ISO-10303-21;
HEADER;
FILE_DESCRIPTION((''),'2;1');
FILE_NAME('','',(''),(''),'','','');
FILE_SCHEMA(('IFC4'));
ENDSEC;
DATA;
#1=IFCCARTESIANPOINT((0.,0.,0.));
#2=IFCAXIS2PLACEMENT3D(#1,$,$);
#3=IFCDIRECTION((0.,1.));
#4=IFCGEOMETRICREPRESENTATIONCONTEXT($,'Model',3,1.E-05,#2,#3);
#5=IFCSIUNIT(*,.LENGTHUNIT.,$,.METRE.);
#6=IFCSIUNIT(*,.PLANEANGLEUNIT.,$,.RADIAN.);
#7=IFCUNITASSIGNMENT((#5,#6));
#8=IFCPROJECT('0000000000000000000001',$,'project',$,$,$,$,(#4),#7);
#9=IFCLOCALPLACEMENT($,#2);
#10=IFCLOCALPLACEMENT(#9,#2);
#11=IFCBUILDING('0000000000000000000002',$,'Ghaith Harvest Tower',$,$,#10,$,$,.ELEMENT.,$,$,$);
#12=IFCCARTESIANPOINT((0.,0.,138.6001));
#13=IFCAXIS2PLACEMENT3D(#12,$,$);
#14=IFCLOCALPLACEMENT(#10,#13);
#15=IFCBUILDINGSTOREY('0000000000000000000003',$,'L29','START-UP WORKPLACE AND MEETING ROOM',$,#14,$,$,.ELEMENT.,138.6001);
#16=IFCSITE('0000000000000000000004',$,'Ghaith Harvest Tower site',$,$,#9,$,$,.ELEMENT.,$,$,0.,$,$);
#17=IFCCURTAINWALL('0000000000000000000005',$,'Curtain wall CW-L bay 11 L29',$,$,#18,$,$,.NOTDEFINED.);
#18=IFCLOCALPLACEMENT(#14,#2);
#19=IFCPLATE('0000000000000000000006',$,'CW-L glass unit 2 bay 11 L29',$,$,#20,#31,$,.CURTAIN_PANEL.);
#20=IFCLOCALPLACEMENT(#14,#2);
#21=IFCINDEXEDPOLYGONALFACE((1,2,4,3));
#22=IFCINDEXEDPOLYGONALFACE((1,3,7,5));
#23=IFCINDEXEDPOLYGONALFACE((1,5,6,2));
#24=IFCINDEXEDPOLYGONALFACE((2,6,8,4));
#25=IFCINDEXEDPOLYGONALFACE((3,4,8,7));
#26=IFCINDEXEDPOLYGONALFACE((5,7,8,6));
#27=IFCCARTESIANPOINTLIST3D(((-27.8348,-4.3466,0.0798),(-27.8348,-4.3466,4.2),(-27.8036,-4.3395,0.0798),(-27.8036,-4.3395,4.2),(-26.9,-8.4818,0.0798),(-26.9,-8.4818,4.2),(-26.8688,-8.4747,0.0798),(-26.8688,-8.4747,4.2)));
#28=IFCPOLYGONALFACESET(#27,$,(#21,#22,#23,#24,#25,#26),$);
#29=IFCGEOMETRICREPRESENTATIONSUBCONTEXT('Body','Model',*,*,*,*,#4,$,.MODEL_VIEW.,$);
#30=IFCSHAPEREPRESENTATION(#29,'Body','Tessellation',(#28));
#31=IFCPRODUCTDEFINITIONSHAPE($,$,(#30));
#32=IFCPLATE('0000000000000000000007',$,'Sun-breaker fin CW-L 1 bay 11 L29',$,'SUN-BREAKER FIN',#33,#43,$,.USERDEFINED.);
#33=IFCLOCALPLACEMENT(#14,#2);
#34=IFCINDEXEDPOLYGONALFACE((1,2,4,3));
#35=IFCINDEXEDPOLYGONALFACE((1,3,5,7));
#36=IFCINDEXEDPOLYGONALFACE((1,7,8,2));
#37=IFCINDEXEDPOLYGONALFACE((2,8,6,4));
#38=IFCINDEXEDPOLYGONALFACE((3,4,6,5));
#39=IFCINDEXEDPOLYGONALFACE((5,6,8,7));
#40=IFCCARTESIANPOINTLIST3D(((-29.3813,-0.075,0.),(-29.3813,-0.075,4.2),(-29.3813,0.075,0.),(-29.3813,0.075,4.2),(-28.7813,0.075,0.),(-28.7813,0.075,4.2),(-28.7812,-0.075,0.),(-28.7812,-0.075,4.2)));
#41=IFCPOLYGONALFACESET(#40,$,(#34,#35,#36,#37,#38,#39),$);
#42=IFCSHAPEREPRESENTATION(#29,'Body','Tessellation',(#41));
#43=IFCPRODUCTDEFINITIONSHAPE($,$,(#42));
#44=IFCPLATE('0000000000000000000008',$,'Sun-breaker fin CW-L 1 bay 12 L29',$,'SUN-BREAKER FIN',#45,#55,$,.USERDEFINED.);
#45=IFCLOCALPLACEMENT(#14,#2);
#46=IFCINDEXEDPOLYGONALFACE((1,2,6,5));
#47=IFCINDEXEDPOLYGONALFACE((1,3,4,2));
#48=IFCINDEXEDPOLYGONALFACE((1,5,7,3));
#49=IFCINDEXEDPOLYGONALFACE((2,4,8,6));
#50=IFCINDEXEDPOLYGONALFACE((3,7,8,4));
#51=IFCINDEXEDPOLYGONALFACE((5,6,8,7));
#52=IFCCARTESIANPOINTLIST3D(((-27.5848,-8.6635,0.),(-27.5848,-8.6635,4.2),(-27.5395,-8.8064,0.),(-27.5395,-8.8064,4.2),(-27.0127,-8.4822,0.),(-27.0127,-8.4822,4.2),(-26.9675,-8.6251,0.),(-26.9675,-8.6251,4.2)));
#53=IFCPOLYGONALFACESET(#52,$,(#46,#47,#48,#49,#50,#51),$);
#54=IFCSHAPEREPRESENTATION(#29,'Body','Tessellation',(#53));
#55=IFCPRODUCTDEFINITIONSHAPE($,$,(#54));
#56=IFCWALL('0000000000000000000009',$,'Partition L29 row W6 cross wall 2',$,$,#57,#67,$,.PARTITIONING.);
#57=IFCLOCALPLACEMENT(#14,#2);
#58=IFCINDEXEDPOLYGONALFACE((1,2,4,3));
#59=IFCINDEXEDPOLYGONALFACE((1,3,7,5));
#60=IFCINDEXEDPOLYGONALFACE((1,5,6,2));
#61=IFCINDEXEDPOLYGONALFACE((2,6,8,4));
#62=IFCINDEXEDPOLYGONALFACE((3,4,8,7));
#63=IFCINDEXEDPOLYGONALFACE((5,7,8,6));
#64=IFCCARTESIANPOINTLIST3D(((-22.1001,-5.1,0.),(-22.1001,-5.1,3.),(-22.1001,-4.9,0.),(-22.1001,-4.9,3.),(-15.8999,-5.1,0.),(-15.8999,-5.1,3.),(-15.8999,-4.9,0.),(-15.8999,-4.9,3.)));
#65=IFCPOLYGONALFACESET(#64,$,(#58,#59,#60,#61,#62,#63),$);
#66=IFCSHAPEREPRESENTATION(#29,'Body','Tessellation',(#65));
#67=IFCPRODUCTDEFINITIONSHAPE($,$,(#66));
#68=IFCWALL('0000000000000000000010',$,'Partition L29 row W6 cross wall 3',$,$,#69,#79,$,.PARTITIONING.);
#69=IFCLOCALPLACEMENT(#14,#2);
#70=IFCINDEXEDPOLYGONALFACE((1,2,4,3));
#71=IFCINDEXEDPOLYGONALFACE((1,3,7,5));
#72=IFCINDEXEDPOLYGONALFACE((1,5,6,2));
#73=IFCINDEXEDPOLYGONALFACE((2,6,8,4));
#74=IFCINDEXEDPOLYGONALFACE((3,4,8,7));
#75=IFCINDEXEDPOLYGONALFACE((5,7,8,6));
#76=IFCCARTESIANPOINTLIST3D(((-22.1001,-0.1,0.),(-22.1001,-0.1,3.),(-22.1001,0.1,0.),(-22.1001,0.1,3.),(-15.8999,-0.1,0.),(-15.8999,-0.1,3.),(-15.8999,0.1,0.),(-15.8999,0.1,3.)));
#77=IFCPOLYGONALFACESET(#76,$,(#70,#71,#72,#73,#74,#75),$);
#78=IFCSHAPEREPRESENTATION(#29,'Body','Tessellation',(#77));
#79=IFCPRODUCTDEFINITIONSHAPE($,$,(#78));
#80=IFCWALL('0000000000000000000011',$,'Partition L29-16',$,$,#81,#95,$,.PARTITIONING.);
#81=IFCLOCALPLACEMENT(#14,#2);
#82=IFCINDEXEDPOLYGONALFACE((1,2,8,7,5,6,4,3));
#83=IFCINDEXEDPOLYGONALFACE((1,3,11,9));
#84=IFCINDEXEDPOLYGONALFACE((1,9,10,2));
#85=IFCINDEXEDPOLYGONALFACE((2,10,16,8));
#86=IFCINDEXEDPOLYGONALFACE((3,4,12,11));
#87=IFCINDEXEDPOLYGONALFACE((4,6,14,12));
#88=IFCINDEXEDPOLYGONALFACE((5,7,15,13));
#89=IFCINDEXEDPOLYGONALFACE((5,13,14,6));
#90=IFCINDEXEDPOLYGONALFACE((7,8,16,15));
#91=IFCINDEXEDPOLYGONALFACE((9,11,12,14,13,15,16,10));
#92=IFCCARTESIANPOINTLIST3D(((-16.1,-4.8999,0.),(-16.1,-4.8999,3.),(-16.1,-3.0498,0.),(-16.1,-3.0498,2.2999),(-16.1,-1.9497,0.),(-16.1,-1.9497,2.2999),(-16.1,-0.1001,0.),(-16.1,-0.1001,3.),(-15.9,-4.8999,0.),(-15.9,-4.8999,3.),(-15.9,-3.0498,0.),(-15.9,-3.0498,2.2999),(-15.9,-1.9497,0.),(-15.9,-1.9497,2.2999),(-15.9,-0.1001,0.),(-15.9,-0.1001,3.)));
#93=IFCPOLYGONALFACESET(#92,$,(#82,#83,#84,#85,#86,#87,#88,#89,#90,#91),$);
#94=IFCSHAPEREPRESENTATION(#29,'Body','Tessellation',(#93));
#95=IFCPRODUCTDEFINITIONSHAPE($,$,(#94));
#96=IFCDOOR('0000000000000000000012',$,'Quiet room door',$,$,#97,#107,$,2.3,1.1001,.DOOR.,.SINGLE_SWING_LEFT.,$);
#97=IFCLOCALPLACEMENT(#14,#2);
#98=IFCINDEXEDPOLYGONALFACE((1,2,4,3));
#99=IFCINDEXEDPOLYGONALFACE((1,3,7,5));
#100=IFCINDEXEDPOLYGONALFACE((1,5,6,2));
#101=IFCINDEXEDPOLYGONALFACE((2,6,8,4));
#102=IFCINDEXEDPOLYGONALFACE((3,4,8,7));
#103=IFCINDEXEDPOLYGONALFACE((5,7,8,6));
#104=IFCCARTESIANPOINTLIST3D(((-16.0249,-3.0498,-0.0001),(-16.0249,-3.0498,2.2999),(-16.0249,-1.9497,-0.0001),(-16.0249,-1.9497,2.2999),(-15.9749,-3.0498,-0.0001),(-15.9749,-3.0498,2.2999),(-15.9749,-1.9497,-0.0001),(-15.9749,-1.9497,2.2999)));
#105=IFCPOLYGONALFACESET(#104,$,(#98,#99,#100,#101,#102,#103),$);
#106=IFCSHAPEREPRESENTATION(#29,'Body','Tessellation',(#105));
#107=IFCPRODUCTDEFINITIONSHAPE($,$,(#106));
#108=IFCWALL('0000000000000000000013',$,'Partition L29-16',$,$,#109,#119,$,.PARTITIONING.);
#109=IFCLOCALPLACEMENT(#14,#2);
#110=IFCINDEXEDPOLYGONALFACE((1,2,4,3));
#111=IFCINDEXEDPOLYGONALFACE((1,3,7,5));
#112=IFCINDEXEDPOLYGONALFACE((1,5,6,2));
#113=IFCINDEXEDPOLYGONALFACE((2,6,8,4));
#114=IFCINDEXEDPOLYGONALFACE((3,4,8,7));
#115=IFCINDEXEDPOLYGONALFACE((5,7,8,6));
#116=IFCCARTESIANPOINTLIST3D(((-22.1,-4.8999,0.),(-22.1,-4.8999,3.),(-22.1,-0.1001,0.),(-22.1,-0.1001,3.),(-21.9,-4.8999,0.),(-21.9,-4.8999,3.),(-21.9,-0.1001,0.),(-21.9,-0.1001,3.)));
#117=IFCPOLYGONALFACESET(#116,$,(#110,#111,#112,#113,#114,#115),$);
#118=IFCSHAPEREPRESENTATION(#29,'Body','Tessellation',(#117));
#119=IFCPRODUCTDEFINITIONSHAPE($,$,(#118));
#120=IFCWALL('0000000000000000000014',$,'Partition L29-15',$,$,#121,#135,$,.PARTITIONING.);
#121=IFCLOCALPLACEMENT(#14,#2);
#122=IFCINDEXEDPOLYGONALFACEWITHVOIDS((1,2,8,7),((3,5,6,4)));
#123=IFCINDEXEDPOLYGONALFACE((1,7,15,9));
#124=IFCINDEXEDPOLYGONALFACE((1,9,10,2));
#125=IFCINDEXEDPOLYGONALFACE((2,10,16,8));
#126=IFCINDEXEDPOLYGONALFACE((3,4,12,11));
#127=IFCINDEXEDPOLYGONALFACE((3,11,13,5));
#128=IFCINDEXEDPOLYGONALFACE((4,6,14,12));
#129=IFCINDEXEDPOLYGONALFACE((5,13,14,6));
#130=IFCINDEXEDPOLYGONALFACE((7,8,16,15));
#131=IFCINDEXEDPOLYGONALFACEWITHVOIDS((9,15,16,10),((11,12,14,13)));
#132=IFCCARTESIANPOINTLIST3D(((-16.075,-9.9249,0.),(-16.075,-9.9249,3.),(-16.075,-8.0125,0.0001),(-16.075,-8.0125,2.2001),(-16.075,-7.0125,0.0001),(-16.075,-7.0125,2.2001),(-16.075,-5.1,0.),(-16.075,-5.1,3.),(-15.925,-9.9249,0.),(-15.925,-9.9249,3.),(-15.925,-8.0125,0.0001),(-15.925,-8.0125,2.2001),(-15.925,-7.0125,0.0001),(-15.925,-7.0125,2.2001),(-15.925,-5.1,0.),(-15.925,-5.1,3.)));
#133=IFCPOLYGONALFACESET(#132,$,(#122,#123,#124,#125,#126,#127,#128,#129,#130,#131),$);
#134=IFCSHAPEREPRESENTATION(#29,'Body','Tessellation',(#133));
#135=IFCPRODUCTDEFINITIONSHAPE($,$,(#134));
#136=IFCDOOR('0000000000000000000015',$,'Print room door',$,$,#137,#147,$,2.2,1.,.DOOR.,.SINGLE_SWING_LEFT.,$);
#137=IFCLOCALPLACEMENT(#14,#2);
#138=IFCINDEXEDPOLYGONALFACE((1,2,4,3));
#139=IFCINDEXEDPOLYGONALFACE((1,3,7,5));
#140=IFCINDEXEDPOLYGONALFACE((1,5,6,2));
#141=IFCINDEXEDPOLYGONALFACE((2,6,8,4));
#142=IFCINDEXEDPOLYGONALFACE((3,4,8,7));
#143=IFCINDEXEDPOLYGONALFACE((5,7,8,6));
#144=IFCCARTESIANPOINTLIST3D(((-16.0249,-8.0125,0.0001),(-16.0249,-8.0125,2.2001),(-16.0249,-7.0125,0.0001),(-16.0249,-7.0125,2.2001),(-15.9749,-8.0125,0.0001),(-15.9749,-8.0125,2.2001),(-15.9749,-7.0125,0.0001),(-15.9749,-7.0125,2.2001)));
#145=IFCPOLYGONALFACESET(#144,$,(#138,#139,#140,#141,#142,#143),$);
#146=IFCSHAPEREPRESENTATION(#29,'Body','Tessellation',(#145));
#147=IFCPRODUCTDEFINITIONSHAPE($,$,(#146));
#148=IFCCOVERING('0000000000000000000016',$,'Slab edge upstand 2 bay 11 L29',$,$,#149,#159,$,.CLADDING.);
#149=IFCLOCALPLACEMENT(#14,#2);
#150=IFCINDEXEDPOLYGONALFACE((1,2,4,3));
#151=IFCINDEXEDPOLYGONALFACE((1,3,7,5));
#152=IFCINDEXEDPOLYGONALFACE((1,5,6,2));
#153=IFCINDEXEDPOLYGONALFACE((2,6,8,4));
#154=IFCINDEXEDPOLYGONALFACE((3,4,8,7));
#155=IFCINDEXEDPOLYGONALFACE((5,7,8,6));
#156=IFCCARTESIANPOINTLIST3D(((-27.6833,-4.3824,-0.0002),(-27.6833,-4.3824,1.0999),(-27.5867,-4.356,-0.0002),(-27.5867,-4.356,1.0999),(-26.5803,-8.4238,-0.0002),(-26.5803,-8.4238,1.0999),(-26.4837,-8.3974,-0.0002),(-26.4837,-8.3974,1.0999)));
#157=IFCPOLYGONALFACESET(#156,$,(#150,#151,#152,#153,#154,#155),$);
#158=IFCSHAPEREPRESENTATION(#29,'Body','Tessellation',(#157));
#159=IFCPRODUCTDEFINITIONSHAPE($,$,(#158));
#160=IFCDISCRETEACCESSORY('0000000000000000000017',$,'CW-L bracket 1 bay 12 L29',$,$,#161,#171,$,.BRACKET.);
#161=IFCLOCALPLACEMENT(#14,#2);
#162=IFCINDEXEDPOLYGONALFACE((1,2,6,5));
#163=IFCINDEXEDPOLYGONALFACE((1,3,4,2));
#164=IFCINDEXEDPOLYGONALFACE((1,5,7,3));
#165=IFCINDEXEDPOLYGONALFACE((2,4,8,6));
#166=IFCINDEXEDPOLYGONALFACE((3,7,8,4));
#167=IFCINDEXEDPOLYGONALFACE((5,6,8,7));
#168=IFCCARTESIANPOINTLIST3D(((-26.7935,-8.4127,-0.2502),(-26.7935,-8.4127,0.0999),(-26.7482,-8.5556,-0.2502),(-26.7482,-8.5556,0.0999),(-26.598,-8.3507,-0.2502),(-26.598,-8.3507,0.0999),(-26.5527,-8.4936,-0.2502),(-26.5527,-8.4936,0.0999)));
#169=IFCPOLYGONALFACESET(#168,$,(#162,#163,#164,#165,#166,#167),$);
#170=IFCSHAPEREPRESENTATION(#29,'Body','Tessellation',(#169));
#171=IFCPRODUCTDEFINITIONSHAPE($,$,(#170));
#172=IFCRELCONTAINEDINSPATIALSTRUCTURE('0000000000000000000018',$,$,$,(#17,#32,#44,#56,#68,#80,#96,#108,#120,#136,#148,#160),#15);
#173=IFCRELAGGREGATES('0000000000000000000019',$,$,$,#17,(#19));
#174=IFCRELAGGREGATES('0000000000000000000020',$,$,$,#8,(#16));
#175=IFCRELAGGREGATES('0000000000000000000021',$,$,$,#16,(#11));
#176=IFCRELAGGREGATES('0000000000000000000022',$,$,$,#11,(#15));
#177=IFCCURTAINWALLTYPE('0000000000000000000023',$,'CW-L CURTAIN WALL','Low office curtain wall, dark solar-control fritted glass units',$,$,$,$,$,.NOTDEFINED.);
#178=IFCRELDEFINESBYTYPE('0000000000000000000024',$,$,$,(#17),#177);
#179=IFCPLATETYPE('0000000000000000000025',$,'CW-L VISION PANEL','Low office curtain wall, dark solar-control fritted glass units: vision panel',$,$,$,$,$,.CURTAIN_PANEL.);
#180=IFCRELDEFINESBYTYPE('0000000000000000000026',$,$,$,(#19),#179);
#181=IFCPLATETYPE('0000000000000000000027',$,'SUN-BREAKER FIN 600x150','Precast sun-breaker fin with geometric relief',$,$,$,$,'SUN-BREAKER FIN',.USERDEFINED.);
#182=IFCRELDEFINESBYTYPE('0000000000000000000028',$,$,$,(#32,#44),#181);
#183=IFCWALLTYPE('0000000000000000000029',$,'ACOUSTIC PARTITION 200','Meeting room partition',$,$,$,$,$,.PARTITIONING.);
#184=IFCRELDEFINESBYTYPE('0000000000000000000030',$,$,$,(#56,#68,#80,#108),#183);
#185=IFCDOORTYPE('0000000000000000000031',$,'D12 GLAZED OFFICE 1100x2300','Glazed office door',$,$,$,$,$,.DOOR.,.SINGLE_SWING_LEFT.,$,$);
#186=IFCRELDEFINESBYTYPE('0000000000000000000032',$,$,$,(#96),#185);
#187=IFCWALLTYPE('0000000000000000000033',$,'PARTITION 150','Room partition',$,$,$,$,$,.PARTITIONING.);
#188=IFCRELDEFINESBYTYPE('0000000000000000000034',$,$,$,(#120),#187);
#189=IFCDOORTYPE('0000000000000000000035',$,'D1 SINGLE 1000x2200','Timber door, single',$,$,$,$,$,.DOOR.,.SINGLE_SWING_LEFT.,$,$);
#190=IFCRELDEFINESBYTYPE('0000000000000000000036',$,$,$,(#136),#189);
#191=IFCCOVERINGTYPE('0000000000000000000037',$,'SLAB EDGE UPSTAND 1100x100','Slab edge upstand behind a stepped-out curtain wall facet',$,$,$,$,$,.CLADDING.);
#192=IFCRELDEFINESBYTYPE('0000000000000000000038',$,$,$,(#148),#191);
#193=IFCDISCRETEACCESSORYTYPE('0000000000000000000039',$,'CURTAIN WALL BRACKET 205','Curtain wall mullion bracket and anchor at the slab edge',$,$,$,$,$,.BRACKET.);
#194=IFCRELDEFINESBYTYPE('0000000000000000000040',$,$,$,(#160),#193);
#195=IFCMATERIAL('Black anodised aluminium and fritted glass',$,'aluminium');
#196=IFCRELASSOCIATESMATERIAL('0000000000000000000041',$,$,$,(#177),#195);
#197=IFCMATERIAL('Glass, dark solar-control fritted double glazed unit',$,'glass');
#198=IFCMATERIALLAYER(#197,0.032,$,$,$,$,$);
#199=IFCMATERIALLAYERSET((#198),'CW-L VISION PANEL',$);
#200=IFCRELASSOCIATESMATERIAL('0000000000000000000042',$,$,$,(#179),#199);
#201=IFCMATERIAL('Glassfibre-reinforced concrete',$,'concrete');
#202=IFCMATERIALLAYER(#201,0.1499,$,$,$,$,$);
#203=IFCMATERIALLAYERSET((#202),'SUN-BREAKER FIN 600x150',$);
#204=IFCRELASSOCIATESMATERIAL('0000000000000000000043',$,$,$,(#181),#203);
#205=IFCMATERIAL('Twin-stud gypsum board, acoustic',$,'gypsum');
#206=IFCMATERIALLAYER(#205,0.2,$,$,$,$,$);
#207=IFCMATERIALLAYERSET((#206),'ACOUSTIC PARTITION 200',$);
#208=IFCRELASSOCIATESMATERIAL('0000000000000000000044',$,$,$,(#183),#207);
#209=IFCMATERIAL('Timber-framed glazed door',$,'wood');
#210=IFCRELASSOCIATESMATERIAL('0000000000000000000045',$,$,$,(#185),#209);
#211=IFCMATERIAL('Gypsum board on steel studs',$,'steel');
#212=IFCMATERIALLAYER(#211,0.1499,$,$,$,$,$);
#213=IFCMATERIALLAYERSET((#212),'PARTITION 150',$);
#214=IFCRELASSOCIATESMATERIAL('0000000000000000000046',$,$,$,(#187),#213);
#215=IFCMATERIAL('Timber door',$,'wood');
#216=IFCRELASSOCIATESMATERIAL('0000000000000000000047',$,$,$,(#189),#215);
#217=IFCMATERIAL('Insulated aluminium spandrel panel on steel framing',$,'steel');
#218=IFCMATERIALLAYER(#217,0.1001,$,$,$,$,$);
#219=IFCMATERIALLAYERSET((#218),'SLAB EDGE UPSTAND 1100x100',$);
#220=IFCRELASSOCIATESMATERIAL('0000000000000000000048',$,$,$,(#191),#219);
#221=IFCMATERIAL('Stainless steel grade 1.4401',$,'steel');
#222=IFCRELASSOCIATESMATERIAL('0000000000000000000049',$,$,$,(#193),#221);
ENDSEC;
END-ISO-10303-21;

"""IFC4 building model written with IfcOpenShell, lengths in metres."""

from ifc_helpers import new_model, si_unit, direction, frame, frame_2d, origin, origin_2d, place, context, subcontext, project, spatial, rectangle, extrude, material, layer, layer_set, type_object, element, fill, aggregate, save


model = new_model("IFC4")

# Units and contexts
model_context = context("Model", 3, precision=1e-05, world=origin(), true_north=direction((0.0, 1.0)))
body_context = subcontext(model_context, "Body", "Model", "MODEL_VIEW")
ifc_project = project(units=[si_unit("LENGTHUNIT", "METRE"), si_unit("PLANEANGLEUNIT", "RADIAN")], contexts=[model_context])

# Site, building, storey
site_placement = place(None, origin())
site = spatial("IfcSite", under=ifc_project, at=site_placement, Name="Ghaith Harvest Tower site", CompositionType="ELEMENT", RefElevation=0.0)
building_placement = place(site_placement, origin())
building = spatial("IfcBuilding", under=site, at=building_placement, Name="Ghaith Harvest Tower", CompositionType="ELEMENT")
storey_placement = place(building_placement, frame((0.0, 0.0, 138.6001)))
storey = spatial("IfcBuildingStorey", under=building, at=storey_placement, Name="L29", Description="START-UP WORKPLACE AND MEETING ROOM", CompositionType="ELEMENT", Elevation=138.6001)

# Curtain wall
ifc_material_1 = material(Name="Black anodised aluminium and fritted glass", Category="aluminium")
curtain_wall_type = type_object("IfcCurtainWallType", Name="CW-L CURTAIN WALL", Description="Low office curtain wall, dark solar-control fritted glass units", PredefinedType="NOTDEFINED", material=ifc_material_1)
curtain_wall_1_placement = place(storey_placement, origin())
curtain_wall_1 = element("IfcCurtainWall", 1, at=curtain_wall_1_placement, inside=storey, type_object=curtain_wall_type, Name="Curtain wall CW-L bay 11 L29", PredefinedType="NOTDEFINED")

# Shared definitions
ifc_material_2 = material(Name="Glass, dark solar-control fritted double glazed unit", Category="glass")
ifc_layer_1 = layer(ifc_material_2, 0.032)
ifc_layer_set_1 = layer_set([ifc_layer_1], Name="CW-L VISION PANEL")
plate_type_1 = type_object("IfcPlateType", Name="CW-L VISION PANEL", Description="Low office curtain wall, dark solar-control fritted glass units: vision panel", PredefinedType="CURTAIN_PANEL", material=ifc_layer_set_1)

# Plate
plate_1_placement = place(storey_placement, frame((-27.3518, -6.4106, 0.0798), z_axis=(0.0, 0.0, 1.0), x_axis=(0.220483, -0.975391, 0.0)))
plate_1 = element("IfcPlate", 2, at=plate_1_placement, type_object=plate_type_1, Name="CW-L glass unit 2 bay 11 L29", PredefinedType="CURTAIN_PANEL", context=body_context, shape_type="SweptSolid", body=[
    extrude(rectangle(XDim=4.2395, YDim=0.032, at=origin_2d()), origin(), (0.0, 0.0, 1.0), 4.1201),
])
aggregate(curtain_wall_1, [plate_1])

# Plates
ifc_material_3 = material(Name="Glassfibre-reinforced concrete", Category="concrete")
ifc_layer_2 = layer(ifc_material_3, 0.1499)
ifc_layer_set_2 = layer_set([ifc_layer_2], Name="SUN-BREAKER FIN 600x150")
plate_type_2 = type_object("IfcPlateType", Name="SUN-BREAKER FIN 600x150", Description="Precast sun-breaker fin with geometric relief", ElementType="SUN-BREAKER FIN", PredefinedType="USERDEFINED", material=ifc_layer_set_2)
for number, where, z_axis, x_axis, name in (
    (3, (-29.0813, 0.0, 0.0), (0.0, 0.0, 1.0), (-1.0, 0.0, 0.0), "Sun-breaker fin CW-L 1 bay 11 L29"),
    (4, (-27.2761, -8.6443, 0.0), (0.0, 0.0, 1.0), (-0.953273, -0.30211, 0.0), "Sun-breaker fin CW-L 1 bay 12 L29"),
):
    element("IfcPlate", number, at=place(storey_placement, frame(where, z_axis=z_axis, x_axis=x_axis)), inside=storey, type_object=plate_type_2, Name=name, ObjectType="SUN-BREAKER FIN", PredefinedType="USERDEFINED", context=body_context, shape_type="SweptSolid", body=[
        extrude(rectangle(XDim=0.6001, YDim=0.1499, at=origin_2d()), origin(), (0.0, 0.0, 1.0), 4.2),
    ])

# Walls
ifc_material_4 = material(Name="Twin-stud gypsum board, acoustic", Category="gypsum")
ifc_layer_3 = layer(ifc_material_4, 0.2)
ifc_layer_set_3 = layer_set([ifc_layer_3], Name="ACOUSTIC PARTITION 200")
wall_type_1 = type_object("IfcWallType", Name="ACOUSTIC PARTITION 200", Description="Meeting room partition", PredefinedType="PARTITIONING", material=ifc_layer_set_3)
for number, where, z_axis, x_axis, name in (
    (5, (-15.8999, -5.0, 0.0), (0.0, 0.0, 1.0), (-1.0, 0.0, 0.0), "Partition L29 row W6 cross wall 2"),
    (6, (-15.8999, 0.0, 0.0), (0.0, 0.0, 1.0), (-1.0, 0.0, 0.0), "Partition L29 row W6 cross wall 3"),
):
    element("IfcWall", number, at=place(storey_placement, frame(where, z_axis=z_axis, x_axis=x_axis)), inside=storey, type_object=wall_type_1, Name=name, PredefinedType="PARTITIONING", context=body_context, shape_type="SweptSolid", body=[
        extrude(rectangle(XDim=6.2002, YDim=0.2, at=frame_2d((3.1001, 0.0))), origin(), (0.0, 0.0, 1.0), 3.0),
    ])

# Wall, opening, door
wall_1_placement = place(storey_placement, frame((-16.0, -4.8999, 0.0), z_axis=(0.0, 0.0, 1.0), x_axis=(0.0, 1.0, 0.0)))
wall_1 = element("IfcWall", 7, at=wall_1_placement, inside=storey, type_object=wall_type_1, Name="Partition L29-16", PredefinedType="PARTITIONING", context=body_context, shape_type="SweptSolid", body=[
    extrude(rectangle(XDim=4.7998, YDim=0.2, at=frame_2d((2.3999, 0.0))), origin(), (0.0, 0.0, 1.0), 3.0),
])
opening_1_placement = place(wall_1_placement, frame((1.8501, 0.0, 0.0)))
opening_1 = element("IfcOpeningElement", 8, at=opening_1_placement, cuts=wall_1, PredefinedType="OPENING", context=body_context, shape_type="SweptSolid", body=[
    extrude(rectangle(XDim=1.1001, YDim=2.3, at=frame_2d((0.55, 1.1499))), frame((0.0, 0.1099, 0.0), z_axis=(0.0, -1.0, 0.0), x_axis=(1.0, 0.0, 0.0)), (0.0, 0.0, 1.0), 0.22),
])
ifc_material_5 = material(Name="Timber-framed glazed door", Category="wood")
door_type_1 = type_object("IfcDoorType", Name="D12 GLAZED OFFICE 1100x2300", Description="Glazed office door", OperationType="SINGLE_SWING_LEFT", PredefinedType="DOOR", material=ifc_material_5)
door_1_placement = place(opening_1_placement, origin())
door_1 = element("IfcDoor", 9, at=door_1_placement, inside=storey, type_object=door_type_1, Name="Quiet room door", OperationType="SINGLE_SWING_LEFT", OverallHeight=2.3, OverallWidth=1.1001, PredefinedType="DOOR", context=body_context, shape_type="SweptSolid", body=[
    extrude(rectangle(XDim=1.1001, YDim=2.3, at=frame_2d((0.55, 1.1499))), frame((0.0, 0.0249, 0.0), z_axis=(0.0, -1.0, 0.0), x_axis=(1.0, 0.0, 0.0)), (0.0, 0.0, 1.0), 0.05),
])
fill(opening_1, door_1)

# Wall
wall_2_placement = place(storey_placement, frame((-22.0, -4.8999, 0.0), z_axis=(0.0, 0.0, 1.0), x_axis=(0.0, 1.0, 0.0)))
element("IfcWall", 10, at=wall_2_placement, inside=storey, type_object=wall_type_1, Name="Partition L29-16", PredefinedType="PARTITIONING", context=body_context, shape_type="SweptSolid", body=[
    extrude(rectangle(XDim=4.7998, YDim=0.2, at=frame_2d((2.3999, 0.0))), origin(), (0.0, 0.0, 1.0), 3.0),
])

# Wall, opening, door
ifc_material_6 = material(Name="Gypsum board on steel studs", Category="steel")
ifc_layer_4 = layer(ifc_material_6, 0.1499)
ifc_layer_set_4 = layer_set([ifc_layer_4], Name="PARTITION 150")
wall_type_2 = type_object("IfcWallType", Name="PARTITION 150", Description="Room partition", PredefinedType="PARTITIONING", material=ifc_layer_set_4)
wall_3_placement = place(storey_placement, frame((-16.0, -9.925, 0.0), z_axis=(0.0, 0.0, 1.0), x_axis=(0.0, 1.0, 0.0)))
wall_3 = element("IfcWall", 11, at=wall_3_placement, inside=storey, type_object=wall_type_2, Name="Partition L29-15", PredefinedType="PARTITIONING", context=body_context, shape_type="SweptSolid", body=[
    extrude(rectangle(XDim=4.825, YDim=0.1499, at=frame_2d((2.4126, 0.0))), origin(), (0.0, 0.0, 1.0), 3.0),
])
opening_2_placement = place(wall_3_placement, frame((1.9126, 0.0, 0.0)))
opening_2 = element("IfcOpeningElement", 12, at=opening_2_placement, cuts=wall_3, PredefinedType="OPENING", context=body_context, shape_type="SweptSolid", body=[
    extrude(rectangle(XDim=1.0, YDim=2.2, at=frame_2d((0.5, 1.1001))), frame((0.0, 0.085, 0.0), z_axis=(0.0, -1.0, 0.0), x_axis=(1.0, 0.0, 0.0)), (0.0, 0.0, 1.0), 0.1699),
])
ifc_material_7 = material(Name="Timber door", Category="wood")
door_type_2 = type_object("IfcDoorType", Name="D1 SINGLE 1000x2200", Description="Timber door, single", OperationType="SINGLE_SWING_LEFT", PredefinedType="DOOR", material=ifc_material_7)
door_2_placement = place(opening_2_placement, origin())
door_2 = element("IfcDoor", 13, at=door_2_placement, inside=storey, type_object=door_type_2, Name="Print room door", OperationType="SINGLE_SWING_LEFT", OverallHeight=2.2, OverallWidth=1.0, PredefinedType="DOOR", context=body_context, shape_type="SweptSolid", body=[
    extrude(rectangle(XDim=1.0, YDim=2.2, at=frame_2d((0.5, 1.1001))), frame((0.0, 0.0249, 0.0), z_axis=(0.0, -1.0, 0.0), x_axis=(1.0, 0.0, 0.0)), (0.0, 0.0, 1.0), 0.05),
])
fill(opening_2, door_2)

# Covering
ifc_material_8 = material(Name="Insulated aluminium spandrel panel on steel framing", Category="steel")
ifc_layer_5 = layer(ifc_material_8, 0.1001)
ifc_layer_set_5 = layer_set([ifc_layer_5], Name="SLAB EDGE UPSTAND 1100x100")
covering_type = type_object("IfcCoveringType", Name="SLAB EDGE UPSTAND 1100x100", Description="Slab edge upstand behind a stepped-out curtain wall facet", PredefinedType="CLADDING", material=ifc_layer_set_5)
covering_placement = place(storey_placement, frame((-27.0835, -6.3899, -0.0002), z_axis=(0.0, 0.0, 1.0), x_axis=(0.263288, -0.964717, 0.0)))
element("IfcCovering", 14, at=covering_placement, inside=storey, type_object=covering_type, Name="Slab edge upstand 2 bay 11 L29", PredefinedType="CLADDING", context=body_context, shape_type="SweptSolid", body=[
    extrude(rectangle(XDim=4.1892, YDim=0.1001, at=origin_2d()), origin(), (0.0, 0.0, 1.0), 1.1001),
])

# Discrete accessory
ifc_material_9 = material(Name="Stainless steel grade 1.4401", Category="steel")
discrete_accessory_type = type_object("IfcDiscreteAccessoryType", Name="CURTAIN WALL BRACKET 205", Description="Curtain wall mullion bracket and anchor at the slab edge", PredefinedType="BRACKET", material=ifc_material_9)
discrete_accessory_placement = place(storey_placement, frame((-26.6731, -8.4531, -0.2502), z_axis=(0.0, 0.0, 1.0), x_axis=(-0.953273, -0.30211, 0.0)))
element("IfcDiscreteAccessory", 15, at=discrete_accessory_placement, inside=storey, type_object=discrete_accessory_type, Name="CW-L bracket 1 bay 12 L29", PredefinedType="BRACKET", context=body_context, shape_type="SweptSolid", body=[
    extrude(rectangle(XDim=0.2051, YDim=0.1499, at=origin_2d()), origin(), (0.0, 0.0, 1.0), 0.3501),
])

save(model, "model.ifc")
